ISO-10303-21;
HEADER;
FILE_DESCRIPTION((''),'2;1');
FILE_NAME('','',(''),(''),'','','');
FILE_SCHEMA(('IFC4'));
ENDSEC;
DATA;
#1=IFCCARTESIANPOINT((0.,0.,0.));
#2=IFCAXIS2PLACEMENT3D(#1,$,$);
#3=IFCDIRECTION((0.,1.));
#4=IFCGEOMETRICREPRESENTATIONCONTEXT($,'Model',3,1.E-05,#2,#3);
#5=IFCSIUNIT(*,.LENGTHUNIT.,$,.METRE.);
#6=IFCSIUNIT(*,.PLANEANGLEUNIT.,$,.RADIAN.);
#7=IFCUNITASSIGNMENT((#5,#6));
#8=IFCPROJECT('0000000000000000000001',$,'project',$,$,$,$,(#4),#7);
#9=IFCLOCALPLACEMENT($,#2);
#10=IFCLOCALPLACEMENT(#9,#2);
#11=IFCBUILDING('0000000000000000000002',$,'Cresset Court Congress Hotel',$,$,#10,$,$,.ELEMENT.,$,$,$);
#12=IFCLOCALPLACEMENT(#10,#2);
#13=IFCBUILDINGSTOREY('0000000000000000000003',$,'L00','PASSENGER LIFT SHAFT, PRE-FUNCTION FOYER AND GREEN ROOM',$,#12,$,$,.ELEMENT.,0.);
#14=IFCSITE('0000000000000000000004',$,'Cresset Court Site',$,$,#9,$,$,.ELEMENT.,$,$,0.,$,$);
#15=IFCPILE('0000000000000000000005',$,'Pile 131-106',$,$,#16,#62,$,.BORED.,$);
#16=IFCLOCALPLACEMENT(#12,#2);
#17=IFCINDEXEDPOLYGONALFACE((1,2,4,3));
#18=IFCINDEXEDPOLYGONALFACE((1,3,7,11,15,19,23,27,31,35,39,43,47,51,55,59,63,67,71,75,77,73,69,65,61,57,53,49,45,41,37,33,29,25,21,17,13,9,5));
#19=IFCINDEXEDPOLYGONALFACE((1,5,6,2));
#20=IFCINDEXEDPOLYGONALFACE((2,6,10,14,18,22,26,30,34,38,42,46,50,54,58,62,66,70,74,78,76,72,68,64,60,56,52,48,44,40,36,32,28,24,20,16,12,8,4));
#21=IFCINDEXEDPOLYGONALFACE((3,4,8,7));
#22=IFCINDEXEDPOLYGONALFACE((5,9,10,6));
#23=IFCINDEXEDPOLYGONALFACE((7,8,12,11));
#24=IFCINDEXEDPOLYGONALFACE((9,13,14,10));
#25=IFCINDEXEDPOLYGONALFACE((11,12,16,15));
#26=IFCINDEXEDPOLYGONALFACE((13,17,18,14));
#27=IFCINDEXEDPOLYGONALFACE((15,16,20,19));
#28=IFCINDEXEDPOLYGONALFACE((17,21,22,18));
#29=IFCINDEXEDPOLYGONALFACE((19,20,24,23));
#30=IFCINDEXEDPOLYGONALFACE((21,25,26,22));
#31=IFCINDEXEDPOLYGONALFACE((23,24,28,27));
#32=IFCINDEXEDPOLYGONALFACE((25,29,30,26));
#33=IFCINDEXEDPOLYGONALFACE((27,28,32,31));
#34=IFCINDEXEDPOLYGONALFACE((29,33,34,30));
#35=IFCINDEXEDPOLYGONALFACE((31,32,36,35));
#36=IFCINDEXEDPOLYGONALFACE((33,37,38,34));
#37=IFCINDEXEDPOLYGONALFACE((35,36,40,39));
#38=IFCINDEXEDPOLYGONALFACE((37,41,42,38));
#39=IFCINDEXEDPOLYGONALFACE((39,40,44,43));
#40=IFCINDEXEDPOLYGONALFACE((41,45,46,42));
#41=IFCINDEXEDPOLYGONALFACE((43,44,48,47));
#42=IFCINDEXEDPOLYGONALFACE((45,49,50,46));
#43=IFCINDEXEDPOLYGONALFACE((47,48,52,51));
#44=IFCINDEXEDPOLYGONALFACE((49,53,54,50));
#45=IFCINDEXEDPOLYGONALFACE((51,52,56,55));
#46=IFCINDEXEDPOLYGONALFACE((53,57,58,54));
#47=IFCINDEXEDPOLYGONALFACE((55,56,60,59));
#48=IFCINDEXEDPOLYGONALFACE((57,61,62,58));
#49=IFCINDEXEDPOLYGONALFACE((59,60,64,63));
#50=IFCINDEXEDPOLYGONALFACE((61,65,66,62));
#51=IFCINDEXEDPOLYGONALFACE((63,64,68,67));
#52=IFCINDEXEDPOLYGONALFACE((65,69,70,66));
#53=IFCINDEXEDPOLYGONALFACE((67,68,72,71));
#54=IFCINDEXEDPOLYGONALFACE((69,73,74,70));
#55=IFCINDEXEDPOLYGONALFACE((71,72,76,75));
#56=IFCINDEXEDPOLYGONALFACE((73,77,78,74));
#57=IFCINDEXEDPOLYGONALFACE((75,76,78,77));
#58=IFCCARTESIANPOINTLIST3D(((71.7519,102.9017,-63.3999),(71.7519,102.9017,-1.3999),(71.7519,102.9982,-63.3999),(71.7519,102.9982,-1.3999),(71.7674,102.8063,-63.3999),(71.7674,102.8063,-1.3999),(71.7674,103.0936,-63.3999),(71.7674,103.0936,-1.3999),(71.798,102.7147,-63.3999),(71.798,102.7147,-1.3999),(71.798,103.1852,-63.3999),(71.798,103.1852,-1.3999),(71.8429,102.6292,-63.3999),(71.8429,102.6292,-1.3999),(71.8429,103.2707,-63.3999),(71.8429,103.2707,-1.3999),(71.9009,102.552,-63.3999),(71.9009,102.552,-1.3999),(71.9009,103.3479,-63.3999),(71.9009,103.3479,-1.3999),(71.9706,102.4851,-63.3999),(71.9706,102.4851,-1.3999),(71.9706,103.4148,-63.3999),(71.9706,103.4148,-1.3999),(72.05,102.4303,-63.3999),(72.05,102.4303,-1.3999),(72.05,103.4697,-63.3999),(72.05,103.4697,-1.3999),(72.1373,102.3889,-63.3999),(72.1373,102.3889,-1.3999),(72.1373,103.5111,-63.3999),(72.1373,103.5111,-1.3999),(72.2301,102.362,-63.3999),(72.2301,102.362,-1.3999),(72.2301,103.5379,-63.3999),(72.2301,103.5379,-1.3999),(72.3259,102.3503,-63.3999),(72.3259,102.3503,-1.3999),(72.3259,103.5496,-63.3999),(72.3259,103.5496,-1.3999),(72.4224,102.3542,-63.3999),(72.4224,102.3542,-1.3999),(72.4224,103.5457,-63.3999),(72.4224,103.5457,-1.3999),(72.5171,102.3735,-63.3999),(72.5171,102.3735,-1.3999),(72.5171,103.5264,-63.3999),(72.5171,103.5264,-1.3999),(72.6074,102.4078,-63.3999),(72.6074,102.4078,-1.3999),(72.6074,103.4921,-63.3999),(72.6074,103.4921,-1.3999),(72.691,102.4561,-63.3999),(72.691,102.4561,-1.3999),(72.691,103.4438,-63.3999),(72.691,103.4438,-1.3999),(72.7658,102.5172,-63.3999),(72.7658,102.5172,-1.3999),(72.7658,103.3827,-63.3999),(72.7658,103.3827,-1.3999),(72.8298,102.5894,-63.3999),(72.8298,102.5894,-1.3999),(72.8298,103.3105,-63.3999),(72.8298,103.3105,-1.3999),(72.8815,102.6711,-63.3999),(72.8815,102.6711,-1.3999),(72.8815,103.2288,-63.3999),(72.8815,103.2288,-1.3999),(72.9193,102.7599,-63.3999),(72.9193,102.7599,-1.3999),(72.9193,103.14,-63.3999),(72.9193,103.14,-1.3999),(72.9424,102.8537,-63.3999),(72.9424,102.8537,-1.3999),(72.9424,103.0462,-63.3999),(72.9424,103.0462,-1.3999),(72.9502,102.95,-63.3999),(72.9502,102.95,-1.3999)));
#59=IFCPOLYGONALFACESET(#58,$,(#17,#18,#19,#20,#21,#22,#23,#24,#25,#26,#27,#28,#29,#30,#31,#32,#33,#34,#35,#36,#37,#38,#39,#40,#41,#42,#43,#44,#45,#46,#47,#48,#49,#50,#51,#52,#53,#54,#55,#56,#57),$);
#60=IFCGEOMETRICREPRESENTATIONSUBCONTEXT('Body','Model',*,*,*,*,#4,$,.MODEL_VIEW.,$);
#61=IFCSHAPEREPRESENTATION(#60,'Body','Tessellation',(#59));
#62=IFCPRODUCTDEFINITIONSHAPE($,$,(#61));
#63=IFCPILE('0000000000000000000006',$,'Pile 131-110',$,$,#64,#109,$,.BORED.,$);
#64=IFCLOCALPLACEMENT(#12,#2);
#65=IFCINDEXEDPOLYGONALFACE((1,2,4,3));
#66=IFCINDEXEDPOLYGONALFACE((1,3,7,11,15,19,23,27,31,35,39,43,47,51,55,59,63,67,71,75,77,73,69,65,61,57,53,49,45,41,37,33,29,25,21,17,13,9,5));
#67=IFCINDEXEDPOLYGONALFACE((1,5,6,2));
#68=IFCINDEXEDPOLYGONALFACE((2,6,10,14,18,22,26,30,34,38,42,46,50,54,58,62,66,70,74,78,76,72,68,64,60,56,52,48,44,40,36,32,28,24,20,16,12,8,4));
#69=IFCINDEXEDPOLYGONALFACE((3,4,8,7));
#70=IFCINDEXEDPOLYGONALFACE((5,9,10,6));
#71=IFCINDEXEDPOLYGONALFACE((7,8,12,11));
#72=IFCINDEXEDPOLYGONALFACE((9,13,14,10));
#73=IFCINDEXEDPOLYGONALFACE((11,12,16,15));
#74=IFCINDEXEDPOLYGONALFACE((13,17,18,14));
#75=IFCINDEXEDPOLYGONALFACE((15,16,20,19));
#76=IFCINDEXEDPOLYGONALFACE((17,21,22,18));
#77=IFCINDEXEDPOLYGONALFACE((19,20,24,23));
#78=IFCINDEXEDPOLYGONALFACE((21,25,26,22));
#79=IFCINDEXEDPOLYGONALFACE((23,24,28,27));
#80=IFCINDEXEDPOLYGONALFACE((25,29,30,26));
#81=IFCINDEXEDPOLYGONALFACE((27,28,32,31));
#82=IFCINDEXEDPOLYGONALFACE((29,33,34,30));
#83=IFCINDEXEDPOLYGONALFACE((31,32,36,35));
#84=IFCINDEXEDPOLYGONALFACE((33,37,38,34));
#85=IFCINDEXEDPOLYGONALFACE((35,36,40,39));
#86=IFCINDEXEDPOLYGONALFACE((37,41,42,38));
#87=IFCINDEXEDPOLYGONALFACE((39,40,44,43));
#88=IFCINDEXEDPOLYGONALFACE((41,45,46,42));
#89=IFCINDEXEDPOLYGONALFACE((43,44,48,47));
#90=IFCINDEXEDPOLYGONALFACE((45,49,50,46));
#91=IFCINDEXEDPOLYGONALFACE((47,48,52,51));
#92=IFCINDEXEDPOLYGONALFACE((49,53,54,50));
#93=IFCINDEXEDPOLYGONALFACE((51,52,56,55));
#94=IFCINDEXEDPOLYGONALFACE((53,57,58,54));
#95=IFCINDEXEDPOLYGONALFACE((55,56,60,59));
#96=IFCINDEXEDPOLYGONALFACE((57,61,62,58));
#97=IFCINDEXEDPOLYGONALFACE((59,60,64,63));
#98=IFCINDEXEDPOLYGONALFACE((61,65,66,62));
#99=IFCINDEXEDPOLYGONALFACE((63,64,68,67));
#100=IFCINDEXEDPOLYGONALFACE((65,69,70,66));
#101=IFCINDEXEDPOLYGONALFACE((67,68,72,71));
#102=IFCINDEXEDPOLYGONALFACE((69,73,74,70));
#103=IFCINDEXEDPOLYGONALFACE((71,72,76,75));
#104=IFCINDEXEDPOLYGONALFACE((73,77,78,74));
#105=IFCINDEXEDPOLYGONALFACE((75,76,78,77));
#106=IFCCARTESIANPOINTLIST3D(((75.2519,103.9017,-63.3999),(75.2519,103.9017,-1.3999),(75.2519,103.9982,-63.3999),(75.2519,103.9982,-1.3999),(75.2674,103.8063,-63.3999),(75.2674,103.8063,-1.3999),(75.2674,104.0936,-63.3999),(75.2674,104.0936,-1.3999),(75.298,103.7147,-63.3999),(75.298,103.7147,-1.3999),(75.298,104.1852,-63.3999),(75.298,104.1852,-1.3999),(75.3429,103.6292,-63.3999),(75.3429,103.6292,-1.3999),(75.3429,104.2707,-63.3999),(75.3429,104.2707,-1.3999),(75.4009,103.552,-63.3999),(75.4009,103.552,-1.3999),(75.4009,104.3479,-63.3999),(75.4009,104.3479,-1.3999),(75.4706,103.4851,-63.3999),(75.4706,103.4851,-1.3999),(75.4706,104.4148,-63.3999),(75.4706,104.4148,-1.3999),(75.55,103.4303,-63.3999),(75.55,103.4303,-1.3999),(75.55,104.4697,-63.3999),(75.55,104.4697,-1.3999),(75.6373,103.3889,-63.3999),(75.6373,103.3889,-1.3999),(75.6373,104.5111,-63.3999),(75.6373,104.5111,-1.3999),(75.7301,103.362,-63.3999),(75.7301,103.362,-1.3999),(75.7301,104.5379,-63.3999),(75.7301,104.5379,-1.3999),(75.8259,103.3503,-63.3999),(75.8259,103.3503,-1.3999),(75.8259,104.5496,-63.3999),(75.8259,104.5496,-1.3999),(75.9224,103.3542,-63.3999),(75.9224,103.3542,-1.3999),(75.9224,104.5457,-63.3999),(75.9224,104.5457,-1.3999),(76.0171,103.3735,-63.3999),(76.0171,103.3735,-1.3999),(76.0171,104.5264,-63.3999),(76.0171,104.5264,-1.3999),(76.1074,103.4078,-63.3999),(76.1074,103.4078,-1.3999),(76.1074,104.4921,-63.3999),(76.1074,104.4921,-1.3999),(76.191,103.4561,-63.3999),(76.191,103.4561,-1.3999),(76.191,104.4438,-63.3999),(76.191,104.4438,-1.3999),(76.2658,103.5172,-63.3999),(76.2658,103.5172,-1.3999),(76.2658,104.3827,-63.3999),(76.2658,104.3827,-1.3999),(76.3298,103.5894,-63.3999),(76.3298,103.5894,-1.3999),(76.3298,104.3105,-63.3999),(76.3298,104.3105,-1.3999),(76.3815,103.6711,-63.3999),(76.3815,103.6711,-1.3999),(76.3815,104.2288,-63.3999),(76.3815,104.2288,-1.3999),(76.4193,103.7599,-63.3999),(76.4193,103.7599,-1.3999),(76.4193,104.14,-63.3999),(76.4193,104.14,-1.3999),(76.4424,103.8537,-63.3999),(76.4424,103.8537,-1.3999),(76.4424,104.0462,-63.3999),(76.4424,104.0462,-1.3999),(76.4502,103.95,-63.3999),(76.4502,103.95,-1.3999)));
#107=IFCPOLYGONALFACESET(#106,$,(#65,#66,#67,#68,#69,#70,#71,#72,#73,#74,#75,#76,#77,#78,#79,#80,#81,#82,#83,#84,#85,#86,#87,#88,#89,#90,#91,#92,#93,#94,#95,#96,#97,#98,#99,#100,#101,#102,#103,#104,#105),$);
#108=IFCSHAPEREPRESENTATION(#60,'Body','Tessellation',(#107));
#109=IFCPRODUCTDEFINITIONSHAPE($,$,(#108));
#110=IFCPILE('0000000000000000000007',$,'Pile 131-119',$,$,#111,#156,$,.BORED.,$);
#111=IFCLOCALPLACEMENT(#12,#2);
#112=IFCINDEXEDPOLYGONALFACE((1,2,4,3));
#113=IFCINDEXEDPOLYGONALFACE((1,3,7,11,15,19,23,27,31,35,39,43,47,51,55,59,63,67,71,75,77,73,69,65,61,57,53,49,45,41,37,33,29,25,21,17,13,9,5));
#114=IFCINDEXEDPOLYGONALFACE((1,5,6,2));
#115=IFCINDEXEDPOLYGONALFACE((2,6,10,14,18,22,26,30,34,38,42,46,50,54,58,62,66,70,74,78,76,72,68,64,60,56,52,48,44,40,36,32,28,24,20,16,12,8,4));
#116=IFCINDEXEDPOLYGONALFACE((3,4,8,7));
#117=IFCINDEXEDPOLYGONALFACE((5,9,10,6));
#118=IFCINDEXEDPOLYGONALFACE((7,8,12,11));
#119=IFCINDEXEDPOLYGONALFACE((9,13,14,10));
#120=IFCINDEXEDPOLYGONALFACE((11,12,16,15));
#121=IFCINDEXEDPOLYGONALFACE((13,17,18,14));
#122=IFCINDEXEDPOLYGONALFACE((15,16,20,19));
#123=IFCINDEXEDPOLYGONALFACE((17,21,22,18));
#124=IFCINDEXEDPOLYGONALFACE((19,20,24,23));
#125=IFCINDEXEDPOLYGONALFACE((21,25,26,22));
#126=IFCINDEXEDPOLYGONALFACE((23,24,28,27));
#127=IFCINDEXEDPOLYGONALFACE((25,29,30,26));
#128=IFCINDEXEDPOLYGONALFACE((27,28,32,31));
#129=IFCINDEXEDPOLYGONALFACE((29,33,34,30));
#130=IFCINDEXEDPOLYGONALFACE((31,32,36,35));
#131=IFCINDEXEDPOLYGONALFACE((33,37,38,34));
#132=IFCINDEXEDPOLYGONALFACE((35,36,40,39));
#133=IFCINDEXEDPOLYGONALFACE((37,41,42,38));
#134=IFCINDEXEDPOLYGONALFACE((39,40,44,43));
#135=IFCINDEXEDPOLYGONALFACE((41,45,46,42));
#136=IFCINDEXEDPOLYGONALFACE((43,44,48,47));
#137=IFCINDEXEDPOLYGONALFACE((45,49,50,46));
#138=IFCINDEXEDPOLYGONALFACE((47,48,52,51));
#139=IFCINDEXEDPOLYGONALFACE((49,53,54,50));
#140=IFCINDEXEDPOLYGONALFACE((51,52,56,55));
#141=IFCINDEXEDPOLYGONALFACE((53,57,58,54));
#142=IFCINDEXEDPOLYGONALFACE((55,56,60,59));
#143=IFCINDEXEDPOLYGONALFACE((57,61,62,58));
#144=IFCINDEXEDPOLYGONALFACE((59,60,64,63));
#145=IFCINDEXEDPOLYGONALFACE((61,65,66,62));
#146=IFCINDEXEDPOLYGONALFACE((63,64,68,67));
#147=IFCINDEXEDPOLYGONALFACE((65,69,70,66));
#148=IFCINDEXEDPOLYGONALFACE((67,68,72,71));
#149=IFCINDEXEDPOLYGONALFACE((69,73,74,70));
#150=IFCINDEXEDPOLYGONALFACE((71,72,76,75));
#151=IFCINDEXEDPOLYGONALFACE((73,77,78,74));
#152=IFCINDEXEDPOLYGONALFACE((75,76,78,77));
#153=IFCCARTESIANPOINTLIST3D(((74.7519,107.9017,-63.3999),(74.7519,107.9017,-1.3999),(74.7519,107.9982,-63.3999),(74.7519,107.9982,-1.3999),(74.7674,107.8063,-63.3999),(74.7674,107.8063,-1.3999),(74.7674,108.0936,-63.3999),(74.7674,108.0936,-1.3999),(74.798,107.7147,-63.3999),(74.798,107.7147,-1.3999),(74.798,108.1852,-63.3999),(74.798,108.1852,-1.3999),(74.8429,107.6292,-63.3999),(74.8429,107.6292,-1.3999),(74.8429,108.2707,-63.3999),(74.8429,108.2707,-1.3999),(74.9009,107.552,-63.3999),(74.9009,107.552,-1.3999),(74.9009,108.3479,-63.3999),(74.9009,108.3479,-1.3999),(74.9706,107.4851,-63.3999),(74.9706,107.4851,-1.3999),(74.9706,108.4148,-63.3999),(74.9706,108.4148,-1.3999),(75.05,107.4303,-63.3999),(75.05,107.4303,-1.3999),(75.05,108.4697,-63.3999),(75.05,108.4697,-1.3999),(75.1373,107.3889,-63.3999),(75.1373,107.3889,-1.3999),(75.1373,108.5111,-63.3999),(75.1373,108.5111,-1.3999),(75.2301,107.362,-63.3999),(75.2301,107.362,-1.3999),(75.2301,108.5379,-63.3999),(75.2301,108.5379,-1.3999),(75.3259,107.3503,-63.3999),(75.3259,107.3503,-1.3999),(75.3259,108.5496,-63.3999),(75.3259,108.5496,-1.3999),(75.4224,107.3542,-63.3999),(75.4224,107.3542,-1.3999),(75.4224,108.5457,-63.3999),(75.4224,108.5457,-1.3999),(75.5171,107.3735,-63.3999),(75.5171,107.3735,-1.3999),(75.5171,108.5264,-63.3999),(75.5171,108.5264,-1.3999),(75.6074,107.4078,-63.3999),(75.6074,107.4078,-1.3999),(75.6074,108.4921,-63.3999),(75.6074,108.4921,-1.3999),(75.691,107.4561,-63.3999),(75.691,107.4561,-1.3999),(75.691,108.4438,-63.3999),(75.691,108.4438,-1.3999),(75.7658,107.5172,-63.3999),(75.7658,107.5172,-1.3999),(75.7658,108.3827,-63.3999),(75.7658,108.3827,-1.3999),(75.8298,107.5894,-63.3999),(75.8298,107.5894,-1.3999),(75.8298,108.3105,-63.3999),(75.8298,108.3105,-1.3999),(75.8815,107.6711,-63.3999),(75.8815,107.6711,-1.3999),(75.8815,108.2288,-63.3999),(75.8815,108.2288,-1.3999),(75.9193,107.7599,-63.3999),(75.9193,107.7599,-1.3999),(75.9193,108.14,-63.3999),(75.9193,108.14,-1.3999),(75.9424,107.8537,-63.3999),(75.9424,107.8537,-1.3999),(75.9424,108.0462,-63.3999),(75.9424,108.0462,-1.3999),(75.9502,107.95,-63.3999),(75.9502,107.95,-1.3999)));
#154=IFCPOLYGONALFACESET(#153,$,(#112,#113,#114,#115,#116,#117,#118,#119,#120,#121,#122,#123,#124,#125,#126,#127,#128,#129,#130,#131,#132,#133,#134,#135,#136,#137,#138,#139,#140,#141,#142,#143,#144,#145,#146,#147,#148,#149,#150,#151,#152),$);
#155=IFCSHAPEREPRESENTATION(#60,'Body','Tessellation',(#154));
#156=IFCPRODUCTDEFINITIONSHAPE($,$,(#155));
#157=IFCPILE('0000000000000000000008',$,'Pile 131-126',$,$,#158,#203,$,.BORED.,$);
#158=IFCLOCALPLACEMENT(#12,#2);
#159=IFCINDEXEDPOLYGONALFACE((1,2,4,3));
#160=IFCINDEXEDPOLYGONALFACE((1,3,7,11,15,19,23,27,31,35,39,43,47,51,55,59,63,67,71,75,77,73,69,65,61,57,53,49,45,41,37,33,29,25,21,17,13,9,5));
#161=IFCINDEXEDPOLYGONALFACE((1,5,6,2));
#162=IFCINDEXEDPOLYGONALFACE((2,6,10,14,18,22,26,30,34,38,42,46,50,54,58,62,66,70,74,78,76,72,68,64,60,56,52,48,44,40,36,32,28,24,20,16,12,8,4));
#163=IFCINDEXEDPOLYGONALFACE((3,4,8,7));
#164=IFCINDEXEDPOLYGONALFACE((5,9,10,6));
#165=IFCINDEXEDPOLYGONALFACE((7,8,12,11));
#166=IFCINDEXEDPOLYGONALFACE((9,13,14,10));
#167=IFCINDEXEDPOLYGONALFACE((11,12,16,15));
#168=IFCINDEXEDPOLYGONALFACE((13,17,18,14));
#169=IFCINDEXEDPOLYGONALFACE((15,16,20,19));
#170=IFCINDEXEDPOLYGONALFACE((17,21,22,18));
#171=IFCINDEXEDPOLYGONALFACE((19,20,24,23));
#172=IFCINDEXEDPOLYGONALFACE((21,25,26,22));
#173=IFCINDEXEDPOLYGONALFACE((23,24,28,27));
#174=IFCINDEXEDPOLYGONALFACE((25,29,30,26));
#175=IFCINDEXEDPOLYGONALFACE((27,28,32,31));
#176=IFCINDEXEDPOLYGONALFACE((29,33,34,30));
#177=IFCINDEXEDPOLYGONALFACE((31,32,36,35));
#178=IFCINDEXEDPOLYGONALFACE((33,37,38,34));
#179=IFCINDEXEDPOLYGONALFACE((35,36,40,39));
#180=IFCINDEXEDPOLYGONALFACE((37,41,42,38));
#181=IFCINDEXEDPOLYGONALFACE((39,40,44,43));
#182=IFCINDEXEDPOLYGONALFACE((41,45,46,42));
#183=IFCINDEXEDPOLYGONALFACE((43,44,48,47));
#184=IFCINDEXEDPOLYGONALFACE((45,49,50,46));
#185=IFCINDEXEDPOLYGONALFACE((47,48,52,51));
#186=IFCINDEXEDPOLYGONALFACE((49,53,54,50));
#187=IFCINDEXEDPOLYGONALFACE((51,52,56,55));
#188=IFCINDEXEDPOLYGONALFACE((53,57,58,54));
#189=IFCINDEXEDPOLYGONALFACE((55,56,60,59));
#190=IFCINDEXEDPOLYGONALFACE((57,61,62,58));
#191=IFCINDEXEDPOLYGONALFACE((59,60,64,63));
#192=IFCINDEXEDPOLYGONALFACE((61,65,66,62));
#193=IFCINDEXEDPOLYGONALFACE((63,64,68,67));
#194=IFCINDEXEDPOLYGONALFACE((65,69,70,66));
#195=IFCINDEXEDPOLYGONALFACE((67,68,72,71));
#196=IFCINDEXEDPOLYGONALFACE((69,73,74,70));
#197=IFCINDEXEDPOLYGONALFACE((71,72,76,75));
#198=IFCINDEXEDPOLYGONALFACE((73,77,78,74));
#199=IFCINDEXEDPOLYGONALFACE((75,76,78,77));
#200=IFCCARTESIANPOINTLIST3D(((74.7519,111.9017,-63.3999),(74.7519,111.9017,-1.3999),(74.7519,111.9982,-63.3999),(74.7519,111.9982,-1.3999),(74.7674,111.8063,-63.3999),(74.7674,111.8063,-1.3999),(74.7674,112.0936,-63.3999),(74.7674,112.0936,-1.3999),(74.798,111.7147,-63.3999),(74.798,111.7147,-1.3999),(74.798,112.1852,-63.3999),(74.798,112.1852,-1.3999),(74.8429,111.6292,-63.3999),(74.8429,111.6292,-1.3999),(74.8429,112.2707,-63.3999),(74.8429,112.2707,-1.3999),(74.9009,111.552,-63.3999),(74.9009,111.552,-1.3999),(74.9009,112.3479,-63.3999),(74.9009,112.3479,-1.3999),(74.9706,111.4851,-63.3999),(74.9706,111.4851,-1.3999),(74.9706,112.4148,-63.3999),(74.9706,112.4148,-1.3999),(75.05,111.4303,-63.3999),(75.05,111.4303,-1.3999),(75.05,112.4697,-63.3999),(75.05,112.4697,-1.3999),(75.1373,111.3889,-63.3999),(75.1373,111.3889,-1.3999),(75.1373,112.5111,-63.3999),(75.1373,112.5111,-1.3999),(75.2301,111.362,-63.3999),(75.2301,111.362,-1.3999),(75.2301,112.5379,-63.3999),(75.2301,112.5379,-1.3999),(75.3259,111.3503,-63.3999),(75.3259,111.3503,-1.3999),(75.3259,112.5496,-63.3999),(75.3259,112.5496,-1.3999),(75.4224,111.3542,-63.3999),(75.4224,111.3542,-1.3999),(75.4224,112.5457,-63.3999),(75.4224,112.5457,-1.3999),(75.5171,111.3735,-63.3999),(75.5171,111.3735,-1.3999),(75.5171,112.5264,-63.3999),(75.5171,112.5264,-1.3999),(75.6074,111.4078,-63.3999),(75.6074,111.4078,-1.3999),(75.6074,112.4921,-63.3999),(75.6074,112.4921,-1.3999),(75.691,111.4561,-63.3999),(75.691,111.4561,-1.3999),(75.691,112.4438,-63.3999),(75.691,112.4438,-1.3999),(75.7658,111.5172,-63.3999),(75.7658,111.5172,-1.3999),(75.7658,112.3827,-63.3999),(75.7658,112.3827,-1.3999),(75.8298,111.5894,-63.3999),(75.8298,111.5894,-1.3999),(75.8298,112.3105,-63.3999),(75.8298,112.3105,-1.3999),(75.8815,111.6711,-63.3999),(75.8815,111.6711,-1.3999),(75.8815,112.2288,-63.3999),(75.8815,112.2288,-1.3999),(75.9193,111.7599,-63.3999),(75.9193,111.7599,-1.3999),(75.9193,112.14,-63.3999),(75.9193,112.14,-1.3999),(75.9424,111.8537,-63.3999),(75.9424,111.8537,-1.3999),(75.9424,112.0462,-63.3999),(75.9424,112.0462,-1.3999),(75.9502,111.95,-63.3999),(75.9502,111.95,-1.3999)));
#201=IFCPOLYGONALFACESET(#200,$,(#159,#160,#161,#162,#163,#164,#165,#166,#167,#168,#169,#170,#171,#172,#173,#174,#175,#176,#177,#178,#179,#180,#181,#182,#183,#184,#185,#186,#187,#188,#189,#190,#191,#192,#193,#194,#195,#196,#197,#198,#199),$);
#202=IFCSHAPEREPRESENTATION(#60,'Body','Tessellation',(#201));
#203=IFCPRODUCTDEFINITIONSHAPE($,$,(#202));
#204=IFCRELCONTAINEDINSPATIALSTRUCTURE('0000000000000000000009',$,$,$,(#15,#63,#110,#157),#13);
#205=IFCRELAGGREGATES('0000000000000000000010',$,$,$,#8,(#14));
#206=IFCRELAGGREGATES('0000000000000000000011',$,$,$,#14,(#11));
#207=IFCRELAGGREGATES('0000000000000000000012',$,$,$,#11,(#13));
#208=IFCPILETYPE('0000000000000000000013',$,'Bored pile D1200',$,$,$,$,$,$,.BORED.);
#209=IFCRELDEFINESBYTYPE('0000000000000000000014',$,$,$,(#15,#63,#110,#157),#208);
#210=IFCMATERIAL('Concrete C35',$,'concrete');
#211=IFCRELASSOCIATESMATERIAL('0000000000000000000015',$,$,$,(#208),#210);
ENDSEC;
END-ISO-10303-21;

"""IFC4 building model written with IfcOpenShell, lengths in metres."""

from ifc_helpers import new_model, si_unit, direction, frame, origin, origin_2d, place, context, subcontext, project, spatial, circle, extrude, material, type_object, element, save


model = new_model("IFC4")

# Units and contexts
model_context = context("Model", 3, precision=1e-05, world=origin(), true_north=direction((0.0, 1.0)))
body_context = subcontext(model_context, "Body", "Model", "MODEL_VIEW")
ifc_project = project(units=[si_unit("LENGTHUNIT", "METRE"), si_unit("PLANEANGLEUNIT", "RADIAN")], contexts=[model_context])

# Site, building, storey
site_placement = place(None, origin())
site = spatial("IfcSite", under=ifc_project, at=site_placement, Name="Cresset Court Site", CompositionType="ELEMENT", RefElevation=0.0)
building_placement = place(site_placement, origin())
building = spatial("IfcBuilding", under=site, at=building_placement, Name="Cresset Court Congress Hotel", CompositionType="ELEMENT")
storey_placement = place(building_placement, origin())
storey = spatial("IfcBuildingStorey", under=building, at=storey_placement, Name="L00", Description="PASSENGER LIFT SHAFT, PRE-FUNCTION FOYER AND GREEN ROOM", CompositionType="ELEMENT", Elevation=0.0)

# Piles
ifc_material_1 = material(Name="Concrete C35", Category="concrete")
pile_type = type_object("IfcPileType", Name="Bored pile D1200", PredefinedType="BORED", material=ifc_material_1)
for number, where, z_axis, x_axis, name in (
    (1, (72.3501, 102.95, -1.3999), (0.0, 0.0, -1.0), (1.0, 0.0, 0.0), "Pile 131-106"),
    (2, (75.8501, 103.95, -1.3999), (0.0, 0.0, -1.0), (1.0, 0.0, 0.0), "Pile 131-110"),
    (3, (75.3501, 107.95, -1.3999), (0.0, 0.0, -1.0), (1.0, 0.0, 0.0), "Pile 131-119"),
    (4, (75.3501, 111.95, -1.3999), (0.0, 0.0, -1.0), (1.0, 0.0, 0.0), "Pile 131-126"),
):
    element("IfcPile", number, at=place(storey_placement, frame(where, z_axis=z_axis, x_axis=x_axis)), inside=storey, type_object=pile_type, Name=name, PredefinedType="BORED", context=body_context, shape_type="SweptSolid", body=[
        extrude(circle(Radius=0.6001, at=origin_2d()), origin(), (0.0, 0.0, 1.0), 62.0),
    ])

save(model, "model.ifc")
